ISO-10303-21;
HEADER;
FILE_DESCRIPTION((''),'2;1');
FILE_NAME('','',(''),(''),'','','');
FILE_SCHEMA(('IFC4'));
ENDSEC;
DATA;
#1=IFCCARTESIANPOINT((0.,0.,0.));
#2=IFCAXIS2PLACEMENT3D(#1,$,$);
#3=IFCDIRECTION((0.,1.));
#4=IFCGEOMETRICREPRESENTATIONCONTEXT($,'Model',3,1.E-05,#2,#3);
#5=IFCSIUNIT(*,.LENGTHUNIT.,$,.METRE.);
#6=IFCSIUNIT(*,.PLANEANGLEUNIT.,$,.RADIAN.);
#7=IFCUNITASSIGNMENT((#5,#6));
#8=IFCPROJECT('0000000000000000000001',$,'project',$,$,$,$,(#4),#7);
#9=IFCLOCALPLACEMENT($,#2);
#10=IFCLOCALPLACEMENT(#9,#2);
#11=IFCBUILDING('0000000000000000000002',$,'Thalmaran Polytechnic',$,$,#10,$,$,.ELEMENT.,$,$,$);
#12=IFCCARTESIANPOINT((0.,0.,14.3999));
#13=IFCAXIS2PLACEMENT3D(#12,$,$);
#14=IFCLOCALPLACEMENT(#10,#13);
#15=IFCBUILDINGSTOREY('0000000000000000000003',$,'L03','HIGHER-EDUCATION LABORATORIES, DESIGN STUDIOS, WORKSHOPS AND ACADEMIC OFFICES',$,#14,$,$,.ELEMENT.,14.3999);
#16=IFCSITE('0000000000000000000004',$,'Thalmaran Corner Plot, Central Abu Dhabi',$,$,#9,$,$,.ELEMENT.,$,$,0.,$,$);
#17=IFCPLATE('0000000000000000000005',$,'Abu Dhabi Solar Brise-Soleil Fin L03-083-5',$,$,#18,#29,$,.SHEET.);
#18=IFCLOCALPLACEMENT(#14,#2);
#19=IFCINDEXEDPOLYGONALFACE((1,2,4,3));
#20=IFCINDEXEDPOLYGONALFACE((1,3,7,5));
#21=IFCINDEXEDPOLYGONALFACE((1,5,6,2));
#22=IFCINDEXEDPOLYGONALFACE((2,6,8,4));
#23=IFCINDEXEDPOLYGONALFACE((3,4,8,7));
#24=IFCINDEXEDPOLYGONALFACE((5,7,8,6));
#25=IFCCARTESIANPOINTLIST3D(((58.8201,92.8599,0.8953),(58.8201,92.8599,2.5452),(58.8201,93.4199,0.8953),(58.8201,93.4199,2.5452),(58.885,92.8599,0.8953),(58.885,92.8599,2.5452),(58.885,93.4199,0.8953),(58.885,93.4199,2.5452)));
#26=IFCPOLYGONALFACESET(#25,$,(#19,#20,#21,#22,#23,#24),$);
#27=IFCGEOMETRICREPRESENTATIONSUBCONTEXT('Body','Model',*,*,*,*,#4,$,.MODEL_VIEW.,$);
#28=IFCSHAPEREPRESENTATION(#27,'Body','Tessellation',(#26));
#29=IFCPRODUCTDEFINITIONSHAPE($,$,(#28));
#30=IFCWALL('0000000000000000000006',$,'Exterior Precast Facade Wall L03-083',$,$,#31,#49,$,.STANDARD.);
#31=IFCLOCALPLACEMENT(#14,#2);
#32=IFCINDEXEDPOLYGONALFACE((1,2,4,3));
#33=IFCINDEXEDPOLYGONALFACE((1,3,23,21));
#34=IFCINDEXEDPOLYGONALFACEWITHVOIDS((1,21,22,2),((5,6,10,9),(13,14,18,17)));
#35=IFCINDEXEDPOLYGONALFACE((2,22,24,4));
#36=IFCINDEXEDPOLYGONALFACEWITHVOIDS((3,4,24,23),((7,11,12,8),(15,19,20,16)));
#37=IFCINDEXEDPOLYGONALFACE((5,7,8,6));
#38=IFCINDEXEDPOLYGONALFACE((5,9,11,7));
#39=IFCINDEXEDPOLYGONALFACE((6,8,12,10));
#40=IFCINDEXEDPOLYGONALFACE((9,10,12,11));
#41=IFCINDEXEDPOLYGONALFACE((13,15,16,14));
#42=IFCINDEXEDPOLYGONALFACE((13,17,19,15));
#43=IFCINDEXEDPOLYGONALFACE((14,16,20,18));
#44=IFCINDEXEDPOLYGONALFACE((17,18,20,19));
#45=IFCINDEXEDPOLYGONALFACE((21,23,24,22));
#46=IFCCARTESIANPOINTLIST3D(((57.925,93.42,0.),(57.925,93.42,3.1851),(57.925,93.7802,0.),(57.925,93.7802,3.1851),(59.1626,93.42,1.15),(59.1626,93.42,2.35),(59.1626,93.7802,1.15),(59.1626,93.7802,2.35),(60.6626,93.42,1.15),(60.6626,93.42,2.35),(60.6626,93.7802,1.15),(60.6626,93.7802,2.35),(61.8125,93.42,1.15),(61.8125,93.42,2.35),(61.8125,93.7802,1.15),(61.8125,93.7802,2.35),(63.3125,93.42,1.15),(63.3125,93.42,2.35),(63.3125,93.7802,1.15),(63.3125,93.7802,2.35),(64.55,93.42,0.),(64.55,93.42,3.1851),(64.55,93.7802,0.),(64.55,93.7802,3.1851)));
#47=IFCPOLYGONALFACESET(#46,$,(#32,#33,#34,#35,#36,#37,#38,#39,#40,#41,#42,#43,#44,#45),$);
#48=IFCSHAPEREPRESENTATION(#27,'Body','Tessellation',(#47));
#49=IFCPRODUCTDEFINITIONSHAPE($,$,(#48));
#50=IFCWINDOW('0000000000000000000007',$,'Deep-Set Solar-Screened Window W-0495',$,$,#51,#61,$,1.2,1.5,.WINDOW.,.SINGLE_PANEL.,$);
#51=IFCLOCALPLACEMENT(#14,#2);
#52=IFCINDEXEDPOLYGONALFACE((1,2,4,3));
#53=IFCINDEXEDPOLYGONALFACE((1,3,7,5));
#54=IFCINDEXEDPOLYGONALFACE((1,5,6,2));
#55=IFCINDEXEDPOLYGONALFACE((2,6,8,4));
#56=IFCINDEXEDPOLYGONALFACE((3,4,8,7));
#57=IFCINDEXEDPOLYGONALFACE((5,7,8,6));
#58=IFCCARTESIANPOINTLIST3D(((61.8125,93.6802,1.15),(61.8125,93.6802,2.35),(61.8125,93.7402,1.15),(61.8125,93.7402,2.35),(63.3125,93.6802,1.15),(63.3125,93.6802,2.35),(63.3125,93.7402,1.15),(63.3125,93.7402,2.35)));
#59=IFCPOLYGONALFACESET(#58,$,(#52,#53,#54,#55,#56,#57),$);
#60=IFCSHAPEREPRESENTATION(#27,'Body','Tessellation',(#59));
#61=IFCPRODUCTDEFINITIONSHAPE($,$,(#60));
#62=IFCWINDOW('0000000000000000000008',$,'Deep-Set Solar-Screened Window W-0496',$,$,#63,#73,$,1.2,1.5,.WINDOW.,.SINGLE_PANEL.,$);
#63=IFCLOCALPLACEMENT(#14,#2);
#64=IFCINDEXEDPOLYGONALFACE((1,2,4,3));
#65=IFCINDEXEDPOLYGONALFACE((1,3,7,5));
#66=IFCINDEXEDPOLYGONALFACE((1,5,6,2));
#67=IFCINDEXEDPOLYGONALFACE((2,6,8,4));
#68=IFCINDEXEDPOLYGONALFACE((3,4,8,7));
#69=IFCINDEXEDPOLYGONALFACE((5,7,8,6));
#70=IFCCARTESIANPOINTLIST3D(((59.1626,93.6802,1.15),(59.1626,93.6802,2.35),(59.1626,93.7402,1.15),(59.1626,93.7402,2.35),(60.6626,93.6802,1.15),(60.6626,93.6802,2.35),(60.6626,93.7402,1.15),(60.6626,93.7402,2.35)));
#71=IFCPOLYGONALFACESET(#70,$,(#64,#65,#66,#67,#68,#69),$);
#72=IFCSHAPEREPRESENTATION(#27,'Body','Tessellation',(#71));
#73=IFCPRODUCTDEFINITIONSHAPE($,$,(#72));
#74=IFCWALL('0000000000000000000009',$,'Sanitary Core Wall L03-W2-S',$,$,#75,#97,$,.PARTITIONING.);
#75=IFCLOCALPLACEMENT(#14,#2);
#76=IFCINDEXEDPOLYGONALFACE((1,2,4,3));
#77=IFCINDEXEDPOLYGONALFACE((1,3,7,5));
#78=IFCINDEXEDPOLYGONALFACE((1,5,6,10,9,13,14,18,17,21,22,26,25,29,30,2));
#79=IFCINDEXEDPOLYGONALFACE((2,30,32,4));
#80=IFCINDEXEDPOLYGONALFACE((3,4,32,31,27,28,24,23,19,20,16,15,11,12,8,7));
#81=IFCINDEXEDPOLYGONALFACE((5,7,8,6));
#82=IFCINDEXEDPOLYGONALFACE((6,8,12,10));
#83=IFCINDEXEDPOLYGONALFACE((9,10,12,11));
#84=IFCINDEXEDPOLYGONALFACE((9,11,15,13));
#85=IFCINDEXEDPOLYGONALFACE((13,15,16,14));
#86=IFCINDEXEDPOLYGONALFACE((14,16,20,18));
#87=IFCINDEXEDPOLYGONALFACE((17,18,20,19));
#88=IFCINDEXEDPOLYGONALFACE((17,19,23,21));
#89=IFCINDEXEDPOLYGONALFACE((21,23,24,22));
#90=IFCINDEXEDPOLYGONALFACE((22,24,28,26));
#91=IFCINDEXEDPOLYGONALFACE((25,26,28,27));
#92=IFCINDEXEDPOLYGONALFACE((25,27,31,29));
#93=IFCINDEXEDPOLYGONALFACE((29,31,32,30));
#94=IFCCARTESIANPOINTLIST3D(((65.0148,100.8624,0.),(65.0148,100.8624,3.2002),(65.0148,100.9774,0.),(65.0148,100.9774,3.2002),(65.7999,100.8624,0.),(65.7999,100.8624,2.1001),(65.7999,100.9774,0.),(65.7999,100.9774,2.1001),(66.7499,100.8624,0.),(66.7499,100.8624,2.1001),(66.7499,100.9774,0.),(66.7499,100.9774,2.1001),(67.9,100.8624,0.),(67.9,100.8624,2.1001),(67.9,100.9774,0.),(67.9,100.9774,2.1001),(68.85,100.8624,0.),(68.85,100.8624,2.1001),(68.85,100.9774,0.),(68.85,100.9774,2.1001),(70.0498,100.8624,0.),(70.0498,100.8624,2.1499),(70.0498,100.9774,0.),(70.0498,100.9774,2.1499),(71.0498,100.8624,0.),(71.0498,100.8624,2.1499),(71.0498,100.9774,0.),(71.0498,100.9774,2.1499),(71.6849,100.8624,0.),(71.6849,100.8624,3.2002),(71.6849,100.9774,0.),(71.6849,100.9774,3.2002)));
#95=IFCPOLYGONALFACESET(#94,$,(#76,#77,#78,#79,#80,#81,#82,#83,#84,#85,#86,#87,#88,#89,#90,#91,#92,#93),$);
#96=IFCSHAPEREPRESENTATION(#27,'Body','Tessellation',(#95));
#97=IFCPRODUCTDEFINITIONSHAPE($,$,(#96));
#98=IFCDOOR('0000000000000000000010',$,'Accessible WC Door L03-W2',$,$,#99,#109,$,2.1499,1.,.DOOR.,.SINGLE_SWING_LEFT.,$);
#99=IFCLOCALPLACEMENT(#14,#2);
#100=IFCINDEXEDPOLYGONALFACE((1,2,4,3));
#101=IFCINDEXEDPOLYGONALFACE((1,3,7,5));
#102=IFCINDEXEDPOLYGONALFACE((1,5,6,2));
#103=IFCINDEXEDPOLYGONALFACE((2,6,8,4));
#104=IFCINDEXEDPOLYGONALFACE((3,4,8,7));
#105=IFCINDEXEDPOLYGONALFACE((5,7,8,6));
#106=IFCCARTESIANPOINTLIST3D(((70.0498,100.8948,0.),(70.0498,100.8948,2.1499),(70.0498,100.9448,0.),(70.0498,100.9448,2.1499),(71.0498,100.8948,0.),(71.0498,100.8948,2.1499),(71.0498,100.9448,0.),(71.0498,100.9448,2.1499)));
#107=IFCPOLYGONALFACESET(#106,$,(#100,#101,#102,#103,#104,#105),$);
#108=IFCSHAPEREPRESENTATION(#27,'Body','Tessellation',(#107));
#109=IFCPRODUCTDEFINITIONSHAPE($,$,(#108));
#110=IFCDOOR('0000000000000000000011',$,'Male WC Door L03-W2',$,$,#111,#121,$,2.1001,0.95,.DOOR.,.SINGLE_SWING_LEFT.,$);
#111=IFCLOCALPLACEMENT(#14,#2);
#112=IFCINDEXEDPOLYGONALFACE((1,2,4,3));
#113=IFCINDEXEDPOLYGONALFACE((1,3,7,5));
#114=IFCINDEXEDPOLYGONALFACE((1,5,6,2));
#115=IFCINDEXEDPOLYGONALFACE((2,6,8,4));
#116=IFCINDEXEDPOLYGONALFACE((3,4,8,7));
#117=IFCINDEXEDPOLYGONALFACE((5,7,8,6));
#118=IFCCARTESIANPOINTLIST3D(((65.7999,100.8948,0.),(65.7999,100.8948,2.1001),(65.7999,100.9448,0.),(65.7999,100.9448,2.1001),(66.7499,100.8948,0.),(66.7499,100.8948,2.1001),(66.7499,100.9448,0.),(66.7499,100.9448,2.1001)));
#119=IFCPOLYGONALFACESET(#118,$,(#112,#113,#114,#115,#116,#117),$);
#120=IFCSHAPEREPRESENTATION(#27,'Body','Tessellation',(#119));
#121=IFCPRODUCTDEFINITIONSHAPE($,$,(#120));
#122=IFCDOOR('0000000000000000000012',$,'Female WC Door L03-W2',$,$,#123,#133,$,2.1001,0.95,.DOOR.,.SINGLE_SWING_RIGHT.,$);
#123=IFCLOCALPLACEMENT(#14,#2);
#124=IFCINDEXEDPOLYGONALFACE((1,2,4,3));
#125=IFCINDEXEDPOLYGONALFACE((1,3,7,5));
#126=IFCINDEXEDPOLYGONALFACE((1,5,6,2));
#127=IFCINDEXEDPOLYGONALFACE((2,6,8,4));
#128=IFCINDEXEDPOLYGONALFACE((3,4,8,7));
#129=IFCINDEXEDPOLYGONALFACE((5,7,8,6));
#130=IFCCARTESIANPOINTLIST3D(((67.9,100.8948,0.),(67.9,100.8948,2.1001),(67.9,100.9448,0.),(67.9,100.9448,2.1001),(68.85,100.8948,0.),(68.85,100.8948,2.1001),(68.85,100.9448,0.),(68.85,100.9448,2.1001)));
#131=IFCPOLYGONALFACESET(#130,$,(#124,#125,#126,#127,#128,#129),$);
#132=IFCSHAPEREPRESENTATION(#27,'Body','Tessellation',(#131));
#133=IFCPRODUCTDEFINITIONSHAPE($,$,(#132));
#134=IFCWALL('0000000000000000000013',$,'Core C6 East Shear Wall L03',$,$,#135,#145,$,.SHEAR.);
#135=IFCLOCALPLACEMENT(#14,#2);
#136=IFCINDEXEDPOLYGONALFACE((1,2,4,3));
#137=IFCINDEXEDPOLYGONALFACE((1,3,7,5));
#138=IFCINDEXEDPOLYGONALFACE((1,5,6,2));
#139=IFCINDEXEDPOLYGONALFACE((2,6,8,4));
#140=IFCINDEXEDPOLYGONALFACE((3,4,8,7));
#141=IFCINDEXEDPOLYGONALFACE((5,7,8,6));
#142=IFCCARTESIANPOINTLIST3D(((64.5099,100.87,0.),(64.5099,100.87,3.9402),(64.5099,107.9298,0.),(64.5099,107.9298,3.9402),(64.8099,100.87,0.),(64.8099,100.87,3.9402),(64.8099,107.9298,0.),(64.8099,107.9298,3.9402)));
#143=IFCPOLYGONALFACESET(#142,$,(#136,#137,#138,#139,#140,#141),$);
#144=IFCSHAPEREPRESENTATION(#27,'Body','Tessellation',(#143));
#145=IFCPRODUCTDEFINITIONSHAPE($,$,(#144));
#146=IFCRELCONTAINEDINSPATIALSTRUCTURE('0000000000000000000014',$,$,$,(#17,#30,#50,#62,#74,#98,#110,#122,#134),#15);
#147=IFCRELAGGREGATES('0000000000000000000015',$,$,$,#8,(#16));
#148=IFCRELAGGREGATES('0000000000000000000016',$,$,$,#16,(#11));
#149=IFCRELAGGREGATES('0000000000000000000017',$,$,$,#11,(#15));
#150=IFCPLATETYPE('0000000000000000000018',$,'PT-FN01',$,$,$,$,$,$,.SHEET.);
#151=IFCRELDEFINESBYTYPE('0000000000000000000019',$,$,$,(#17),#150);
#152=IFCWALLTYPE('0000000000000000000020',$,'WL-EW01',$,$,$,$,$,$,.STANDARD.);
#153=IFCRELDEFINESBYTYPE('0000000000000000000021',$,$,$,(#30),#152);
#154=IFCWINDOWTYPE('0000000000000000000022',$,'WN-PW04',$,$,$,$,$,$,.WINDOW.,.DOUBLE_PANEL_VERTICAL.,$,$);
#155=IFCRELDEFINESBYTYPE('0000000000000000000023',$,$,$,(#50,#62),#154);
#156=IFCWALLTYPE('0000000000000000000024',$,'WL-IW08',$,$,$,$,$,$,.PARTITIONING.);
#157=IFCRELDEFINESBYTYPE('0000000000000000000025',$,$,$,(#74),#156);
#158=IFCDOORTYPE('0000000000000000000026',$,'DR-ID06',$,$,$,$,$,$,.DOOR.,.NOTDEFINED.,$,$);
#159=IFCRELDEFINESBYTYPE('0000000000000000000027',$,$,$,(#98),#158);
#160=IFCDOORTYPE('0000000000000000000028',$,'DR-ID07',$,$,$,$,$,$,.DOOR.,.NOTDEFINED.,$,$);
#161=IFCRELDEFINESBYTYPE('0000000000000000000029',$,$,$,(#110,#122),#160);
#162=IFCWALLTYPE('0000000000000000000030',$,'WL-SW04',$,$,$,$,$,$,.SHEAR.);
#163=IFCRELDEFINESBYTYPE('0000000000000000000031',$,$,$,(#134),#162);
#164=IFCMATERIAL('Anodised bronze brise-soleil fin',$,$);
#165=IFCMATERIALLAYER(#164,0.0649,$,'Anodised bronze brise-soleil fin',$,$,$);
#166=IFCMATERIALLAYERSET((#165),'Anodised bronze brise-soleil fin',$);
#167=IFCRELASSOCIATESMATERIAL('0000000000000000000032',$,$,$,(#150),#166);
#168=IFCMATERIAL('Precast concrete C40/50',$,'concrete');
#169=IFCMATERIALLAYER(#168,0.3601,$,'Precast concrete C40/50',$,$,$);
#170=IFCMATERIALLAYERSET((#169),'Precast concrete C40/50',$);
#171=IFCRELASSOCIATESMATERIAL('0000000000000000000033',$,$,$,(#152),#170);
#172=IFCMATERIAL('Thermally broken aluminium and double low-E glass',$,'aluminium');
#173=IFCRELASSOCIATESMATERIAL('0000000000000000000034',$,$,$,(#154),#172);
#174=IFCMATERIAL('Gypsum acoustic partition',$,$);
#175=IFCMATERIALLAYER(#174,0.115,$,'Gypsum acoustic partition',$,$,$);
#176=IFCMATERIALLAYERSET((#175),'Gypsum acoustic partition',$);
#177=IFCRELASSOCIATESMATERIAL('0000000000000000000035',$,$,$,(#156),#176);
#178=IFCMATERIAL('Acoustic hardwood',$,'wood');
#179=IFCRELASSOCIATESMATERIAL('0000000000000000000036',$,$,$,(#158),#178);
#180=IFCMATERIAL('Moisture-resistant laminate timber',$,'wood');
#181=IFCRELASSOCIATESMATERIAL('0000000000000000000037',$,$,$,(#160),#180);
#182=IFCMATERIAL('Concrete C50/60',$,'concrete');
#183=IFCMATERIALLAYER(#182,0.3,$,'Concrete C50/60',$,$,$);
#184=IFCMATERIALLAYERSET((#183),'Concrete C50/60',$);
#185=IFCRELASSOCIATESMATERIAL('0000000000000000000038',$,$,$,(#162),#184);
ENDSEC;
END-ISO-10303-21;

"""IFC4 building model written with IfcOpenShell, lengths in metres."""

from ifc_helpers import new_model, si_unit, direction, frame, frame_2d, origin, origin_2d, place, context, subcontext, project, spatial, rectangle, extrude, material, layer, layer_set, type_object, element, fill, save


model = new_model("IFC4")

# Units and contexts
model_context = context("Model", 3, precision=1e-05, world=origin(), true_north=direction((0.0, 1.0)))
body_context = subcontext(model_context, "Body", "Model", "MODEL_VIEW")
ifc_project = project(units=[si_unit("LENGTHUNIT", "METRE"), si_unit("PLANEANGLEUNIT", "RADIAN")], contexts=[model_context])

# Site, building, storey
site_placement = place(None, origin())
site = spatial("IfcSite", under=ifc_project, at=site_placement, Name="Thalmaran Corner Plot, Central Abu Dhabi", CompositionType="ELEMENT", RefElevation=0.0)
building_placement = place(site_placement, origin())
building = spatial("IfcBuilding", under=site, at=building_placement, Name="Thalmaran Polytechnic", CompositionType="ELEMENT")
storey_placement = place(building_placement, frame((0.0, 0.0, 14.3999)))
storey = spatial("IfcBuildingStorey", under=building, at=storey_placement, Name="L03", Description="HIGHER-EDUCATION LABORATORIES, DESIGN STUDIOS, WORKSHOPS AND ACADEMIC OFFICES", CompositionType="ELEMENT", Elevation=14.3999)

# Plate
ifc_material_1 = material(Name="Anodised bronze brise-soleil fin")
ifc_layer_1 = layer(ifc_material_1, 0.0649, Name="Anodised bronze brise-soleil fin")
ifc_layer_set_1 = layer_set([ifc_layer_1], Name="Anodised bronze brise-soleil fin")
plate_type_1 = type_object("IfcPlateType", Name="PT-FN01", PredefinedType="SHEET", material=ifc_layer_set_1)
for number, where, z_axis, x_axis, name in (
    (1, (58.8525, 93.1399, 0.8953), (0.0, 0.0, 1.0), (-1.0, 0.0, 0.0), "Abu Dhabi Solar Brise-Soleil Fin L03-083-5"),
):
    element("IfcPlate", number, at=place(storey_placement, frame(where, z_axis=z_axis, x_axis=x_axis)), inside=storey, type_object=plate_type_1, Name=name, PredefinedType="SHEET", context=body_context, shape_type="SweptSolid", body=[
        extrude(rectangle(XDim=0.0649, YDim=0.5601, at=origin_2d()), origin(), (0.0, 0.0, 1.0), 1.6499),
    ])

# Wall, openings, windows
ifc_material_2 = material(Name="Precast concrete C40/50", Category="concrete")
ifc_layer_2 = layer(ifc_material_2, 0.3601, Name="Precast concrete C40/50")
ifc_layer_set_2 = layer_set([ifc_layer_2], Name="Precast concrete C40/50")
wall_type_1 = type_object("IfcWallType", Name="WL-EW01", PredefinedType="STANDARD", material=ifc_layer_set_2)
wall_1_placement = place(storey_placement, frame((64.55, 93.6001, 0.0), z_axis=(0.0, 0.0, 1.0), x_axis=(-1.0, 0.0, 0.0)))
wall_1 = element("IfcWall", 2, at=wall_1_placement, inside=storey, type_object=wall_type_1, Name="Exterior Precast Facade Wall L03-083", PredefinedType="STANDARD", context=body_context, shape_type="SweptSolid", body=[
    extrude(rectangle(XDim=6.625, YDim=0.3601, at=frame_2d((3.3125, 0.0))), origin(), (0.0, 0.0, 1.0), 3.1851),
])
opening_1_placement = place(wall_1_placement, frame((1.2375, 0.0, 1.1499)))
opening_1 = element("IfcOpeningElement", 3, at=opening_1_placement, cuts=wall_1, PredefinedType="OPENING", context=body_context, shape_type="SweptSolid", body=[
    extrude(rectangle(XDim=1.5, YDim=1.2, at=frame_2d((0.75, 0.6001))), frame((0.0, 0.1899, 0.0), z_axis=(0.0, -1.0, 0.0), x_axis=(1.0, 0.0, 0.0)), (0.0, 0.0, 1.0), 0.3801),
])
opening_2_placement = place(wall_1_placement, frame((3.8875, 0.0, 1.1499)))
opening_2 = element("IfcOpeningElement", 4, at=opening_2_placement, cuts=wall_1, PredefinedType="OPENING", context=body_context, shape_type="SweptSolid", body=[
    extrude(rectangle(XDim=1.5, YDim=1.2, at=frame_2d((0.75, 0.6001))), frame((0.0, 0.1899, 0.0), z_axis=(0.0, -1.0, 0.0), x_axis=(1.0, 0.0, 0.0)), (0.0, 0.0, 1.0), 0.3801),
])
ifc_material_3 = material(Name="Thermally broken aluminium and double low-E glass", Category="aluminium")
window_type = type_object("IfcWindowType", Name="WN-PW04", PartitioningType="DOUBLE_PANEL_VERTICAL", PredefinedType="WINDOW", material=ifc_material_3)
window_1_placement = place(opening_1_placement, origin())
window_1 = element("IfcWindow", 5, at=window_1_placement, inside=storey, type_object=window_type, Name="Deep-Set Solar-Screened Window W-0495", OverallHeight=1.2, OverallWidth=1.5, PartitioningType="SINGLE_PANEL", PredefinedType="WINDOW", context=body_context, shape_type="SweptSolid", body=[
    extrude(rectangle(XDim=1.5, YDim=1.2, at=frame_2d((0.75, 0.6001))), frame((0.0, -0.0801, 0.0), z_axis=(0.0, -1.0, 0.0), x_axis=(1.0, 0.0, 0.0)), (0.0, 0.0, 1.0), 0.0601),
])
fill(opening_1, window_1)
window_2_placement = place(opening_2_placement, origin())
window_2 = element("IfcWindow", 6, at=window_2_placement, inside=storey, type_object=window_type, Name="Deep-Set Solar-Screened Window W-0496", OverallHeight=1.2, OverallWidth=1.5, PartitioningType="SINGLE_PANEL", PredefinedType="WINDOW", context=body_context, shape_type="SweptSolid", body=[
    extrude(rectangle(XDim=1.5, YDim=1.2, at=frame_2d((0.75, 0.6001))), frame((0.0, -0.0801, 0.0), z_axis=(0.0, -1.0, 0.0), x_axis=(1.0, 0.0, 0.0)), (0.0, 0.0, 1.0), 0.0601),
])
fill(opening_2, window_2)

# Wall, openings, doors
ifc_material_4 = material(Name="Gypsum acoustic partition")
ifc_layer_3 = layer(ifc_material_4, 0.115, Name="Gypsum acoustic partition")
ifc_layer_set_3 = layer_set([ifc_layer_3], Name="Gypsum acoustic partition")
wall_type_2 = type_object("IfcWallType", Name="WL-IW08", PredefinedType="PARTITIONING", material=ifc_layer_set_3)
wall_2_placement = place(storey_placement, frame((65.0149, 100.9199, 0.0), z_axis=(0.0, 0.0, 1.0), x_axis=(1.0, 0.0, 0.0)))
wall_2 = element("IfcWall", 7, at=wall_2_placement, inside=storey, type_object=wall_type_2, Name="Sanitary Core Wall L03-W2-S", PredefinedType="PARTITIONING", context=body_context, shape_type="SweptSolid", body=[
    extrude(rectangle(XDim=6.6702, YDim=0.115, at=frame_2d((3.335, 0.0))), origin(), (0.0, 0.0, 1.0), 3.2002),
])
opening_3_placement = place(wall_2_placement, frame((0.7849, 0.0, 0.0)))
opening_3 = element("IfcOpeningElement", 8, at=opening_3_placement, cuts=wall_2, PredefinedType="OPENING", context=body_context, shape_type="SweptSolid", body=[
    extrude(rectangle(XDim=0.95, YDim=2.1001, at=frame_2d((0.4751, 1.05))), frame((0.0, 0.0674, 0.0), z_axis=(0.0, -1.0, 0.0), x_axis=(1.0, 0.0, 0.0)), (0.0, 0.0, 1.0), 0.135),
])
opening_4_placement = place(wall_2_placement, frame((2.885, 0.0, 0.0)))
opening_4 = element("IfcOpeningElement", 9, at=opening_4_placement, cuts=wall_2, PredefinedType="OPENING", context=body_context, shape_type="SweptSolid", body=[
    extrude(rectangle(XDim=0.95, YDim=2.1001, at=frame_2d((0.4751, 1.05))), frame((0.0, 0.0674, 0.0), z_axis=(0.0, -1.0, 0.0), x_axis=(1.0, 0.0, 0.0)), (0.0, 0.0, 1.0), 0.135),
])
opening_5_placement = place(wall_2_placement, frame((5.0349, 0.0, 0.0)))
opening_5 = element("IfcOpeningElement", 10, at=opening_5_placement, cuts=wall_2, PredefinedType="OPENING", context=body_context, shape_type="SweptSolid", body=[
    extrude(rectangle(XDim=1.0, YDim=2.1499, at=frame_2d((0.5, 1.075))), frame((0.0, 0.0674, 0.0), z_axis=(0.0, -1.0, 0.0), x_axis=(1.0, 0.0, 0.0)), (0.0, 0.0, 1.0), 0.135),
])
ifc_material_5 = material(Name="Acoustic hardwood", Category="wood")
door_type_1 = type_object("IfcDoorType", Name="DR-ID06", OperationType="NOTDEFINED", PredefinedType="DOOR", material=ifc_material_5)
door_1_placement = place(opening_5_placement, origin())
door_1 = element("IfcDoor", 11, at=door_1_placement, inside=storey, type_object=door_type_1, Name="Accessible WC Door L03-W2", OperationType="SINGLE_SWING_LEFT", OverallHeight=2.1499, OverallWidth=1.0, PredefinedType="DOOR", context=body_context, shape_type="SweptSolid", body=[
    extrude(rectangle(XDim=1.0, YDim=2.1499, at=frame_2d((0.5, 1.075))), frame((0.0, 0.0249, 0.0), z_axis=(0.0, -1.0, 0.0), x_axis=(1.0, 0.0, 0.0)), (0.0, 0.0, 1.0), 0.05),
])
fill(opening_5, door_1)
ifc_material_6 = material(Name="Moisture-resistant laminate timber", Category="wood")
door_type_2 = type_object("IfcDoorType", Name="DR-ID07", OperationType="NOTDEFINED", PredefinedType="DOOR", material=ifc_material_6)
door_2_placement = place(opening_3_placement, origin())
door_2 = element("IfcDoor", 12, at=door_2_placement, inside=storey, type_object=door_type_2, Name="Male WC Door L03-W2", OperationType="SINGLE_SWING_LEFT", OverallHeight=2.1001, OverallWidth=0.95, PredefinedType="DOOR", context=body_context, shape_type="SweptSolid", body=[
    extrude(rectangle(XDim=0.95, YDim=2.1001, at=frame_2d((0.4751, 1.05))), frame((0.0, 0.0249, 0.0), z_axis=(0.0, -1.0, 0.0), x_axis=(1.0, 0.0, 0.0)), (0.0, 0.0, 1.0), 0.05),
])
fill(opening_3, door_2)
door_3_placement = place(opening_4_placement, origin())
door_3 = element("IfcDoor", 13, at=door_3_placement, inside=storey, type_object=door_type_2, Name="Female WC Door L03-W2", OperationType="SINGLE_SWING_RIGHT", OverallHeight=2.1001, OverallWidth=0.95, PredefinedType="DOOR", context=body_context, shape_type="SweptSolid", body=[
    extrude(rectangle(XDim=0.95, YDim=2.1001, at=frame_2d((0.4751, 1.05))), frame((0.0, 0.0249, 0.0), z_axis=(0.0, -1.0, 0.0), x_axis=(1.0, 0.0, 0.0)), (0.0, 0.0, 1.0), 0.05),
])
fill(opening_4, door_3)

# Wall
ifc_material_7 = material(Name="Concrete C50/60", Category="concrete")
ifc_layer_4 = layer(ifc_material_7, 0.3, Name="Concrete C50/60")
ifc_layer_set_4 = layer_set([ifc_layer_4], Name="Concrete C50/60")
wall_type_3 = type_object("IfcWallType", Name="WL-SW04", PredefinedType="SHEAR", material=ifc_layer_set_4)
wall_3_placement = place(storey_placement, frame((64.6599, 100.8701, 0.0), z_axis=(0.0, 0.0, 1.0), x_axis=(0.0, 1.0, 0.0)))
element("IfcWall", 14, at=wall_3_placement, inside=storey, type_object=wall_type_3, Name="Core C6 East Shear Wall L03", PredefinedType="SHEAR", context=body_context, shape_type="SweptSolid", body=[
    extrude(rectangle(XDim=7.0598, YDim=0.3, at=frame_2d((3.5298, 0.0))), origin(), (0.0, 0.0, 1.0), 3.9402),
])

save(model, "model.ifc")
